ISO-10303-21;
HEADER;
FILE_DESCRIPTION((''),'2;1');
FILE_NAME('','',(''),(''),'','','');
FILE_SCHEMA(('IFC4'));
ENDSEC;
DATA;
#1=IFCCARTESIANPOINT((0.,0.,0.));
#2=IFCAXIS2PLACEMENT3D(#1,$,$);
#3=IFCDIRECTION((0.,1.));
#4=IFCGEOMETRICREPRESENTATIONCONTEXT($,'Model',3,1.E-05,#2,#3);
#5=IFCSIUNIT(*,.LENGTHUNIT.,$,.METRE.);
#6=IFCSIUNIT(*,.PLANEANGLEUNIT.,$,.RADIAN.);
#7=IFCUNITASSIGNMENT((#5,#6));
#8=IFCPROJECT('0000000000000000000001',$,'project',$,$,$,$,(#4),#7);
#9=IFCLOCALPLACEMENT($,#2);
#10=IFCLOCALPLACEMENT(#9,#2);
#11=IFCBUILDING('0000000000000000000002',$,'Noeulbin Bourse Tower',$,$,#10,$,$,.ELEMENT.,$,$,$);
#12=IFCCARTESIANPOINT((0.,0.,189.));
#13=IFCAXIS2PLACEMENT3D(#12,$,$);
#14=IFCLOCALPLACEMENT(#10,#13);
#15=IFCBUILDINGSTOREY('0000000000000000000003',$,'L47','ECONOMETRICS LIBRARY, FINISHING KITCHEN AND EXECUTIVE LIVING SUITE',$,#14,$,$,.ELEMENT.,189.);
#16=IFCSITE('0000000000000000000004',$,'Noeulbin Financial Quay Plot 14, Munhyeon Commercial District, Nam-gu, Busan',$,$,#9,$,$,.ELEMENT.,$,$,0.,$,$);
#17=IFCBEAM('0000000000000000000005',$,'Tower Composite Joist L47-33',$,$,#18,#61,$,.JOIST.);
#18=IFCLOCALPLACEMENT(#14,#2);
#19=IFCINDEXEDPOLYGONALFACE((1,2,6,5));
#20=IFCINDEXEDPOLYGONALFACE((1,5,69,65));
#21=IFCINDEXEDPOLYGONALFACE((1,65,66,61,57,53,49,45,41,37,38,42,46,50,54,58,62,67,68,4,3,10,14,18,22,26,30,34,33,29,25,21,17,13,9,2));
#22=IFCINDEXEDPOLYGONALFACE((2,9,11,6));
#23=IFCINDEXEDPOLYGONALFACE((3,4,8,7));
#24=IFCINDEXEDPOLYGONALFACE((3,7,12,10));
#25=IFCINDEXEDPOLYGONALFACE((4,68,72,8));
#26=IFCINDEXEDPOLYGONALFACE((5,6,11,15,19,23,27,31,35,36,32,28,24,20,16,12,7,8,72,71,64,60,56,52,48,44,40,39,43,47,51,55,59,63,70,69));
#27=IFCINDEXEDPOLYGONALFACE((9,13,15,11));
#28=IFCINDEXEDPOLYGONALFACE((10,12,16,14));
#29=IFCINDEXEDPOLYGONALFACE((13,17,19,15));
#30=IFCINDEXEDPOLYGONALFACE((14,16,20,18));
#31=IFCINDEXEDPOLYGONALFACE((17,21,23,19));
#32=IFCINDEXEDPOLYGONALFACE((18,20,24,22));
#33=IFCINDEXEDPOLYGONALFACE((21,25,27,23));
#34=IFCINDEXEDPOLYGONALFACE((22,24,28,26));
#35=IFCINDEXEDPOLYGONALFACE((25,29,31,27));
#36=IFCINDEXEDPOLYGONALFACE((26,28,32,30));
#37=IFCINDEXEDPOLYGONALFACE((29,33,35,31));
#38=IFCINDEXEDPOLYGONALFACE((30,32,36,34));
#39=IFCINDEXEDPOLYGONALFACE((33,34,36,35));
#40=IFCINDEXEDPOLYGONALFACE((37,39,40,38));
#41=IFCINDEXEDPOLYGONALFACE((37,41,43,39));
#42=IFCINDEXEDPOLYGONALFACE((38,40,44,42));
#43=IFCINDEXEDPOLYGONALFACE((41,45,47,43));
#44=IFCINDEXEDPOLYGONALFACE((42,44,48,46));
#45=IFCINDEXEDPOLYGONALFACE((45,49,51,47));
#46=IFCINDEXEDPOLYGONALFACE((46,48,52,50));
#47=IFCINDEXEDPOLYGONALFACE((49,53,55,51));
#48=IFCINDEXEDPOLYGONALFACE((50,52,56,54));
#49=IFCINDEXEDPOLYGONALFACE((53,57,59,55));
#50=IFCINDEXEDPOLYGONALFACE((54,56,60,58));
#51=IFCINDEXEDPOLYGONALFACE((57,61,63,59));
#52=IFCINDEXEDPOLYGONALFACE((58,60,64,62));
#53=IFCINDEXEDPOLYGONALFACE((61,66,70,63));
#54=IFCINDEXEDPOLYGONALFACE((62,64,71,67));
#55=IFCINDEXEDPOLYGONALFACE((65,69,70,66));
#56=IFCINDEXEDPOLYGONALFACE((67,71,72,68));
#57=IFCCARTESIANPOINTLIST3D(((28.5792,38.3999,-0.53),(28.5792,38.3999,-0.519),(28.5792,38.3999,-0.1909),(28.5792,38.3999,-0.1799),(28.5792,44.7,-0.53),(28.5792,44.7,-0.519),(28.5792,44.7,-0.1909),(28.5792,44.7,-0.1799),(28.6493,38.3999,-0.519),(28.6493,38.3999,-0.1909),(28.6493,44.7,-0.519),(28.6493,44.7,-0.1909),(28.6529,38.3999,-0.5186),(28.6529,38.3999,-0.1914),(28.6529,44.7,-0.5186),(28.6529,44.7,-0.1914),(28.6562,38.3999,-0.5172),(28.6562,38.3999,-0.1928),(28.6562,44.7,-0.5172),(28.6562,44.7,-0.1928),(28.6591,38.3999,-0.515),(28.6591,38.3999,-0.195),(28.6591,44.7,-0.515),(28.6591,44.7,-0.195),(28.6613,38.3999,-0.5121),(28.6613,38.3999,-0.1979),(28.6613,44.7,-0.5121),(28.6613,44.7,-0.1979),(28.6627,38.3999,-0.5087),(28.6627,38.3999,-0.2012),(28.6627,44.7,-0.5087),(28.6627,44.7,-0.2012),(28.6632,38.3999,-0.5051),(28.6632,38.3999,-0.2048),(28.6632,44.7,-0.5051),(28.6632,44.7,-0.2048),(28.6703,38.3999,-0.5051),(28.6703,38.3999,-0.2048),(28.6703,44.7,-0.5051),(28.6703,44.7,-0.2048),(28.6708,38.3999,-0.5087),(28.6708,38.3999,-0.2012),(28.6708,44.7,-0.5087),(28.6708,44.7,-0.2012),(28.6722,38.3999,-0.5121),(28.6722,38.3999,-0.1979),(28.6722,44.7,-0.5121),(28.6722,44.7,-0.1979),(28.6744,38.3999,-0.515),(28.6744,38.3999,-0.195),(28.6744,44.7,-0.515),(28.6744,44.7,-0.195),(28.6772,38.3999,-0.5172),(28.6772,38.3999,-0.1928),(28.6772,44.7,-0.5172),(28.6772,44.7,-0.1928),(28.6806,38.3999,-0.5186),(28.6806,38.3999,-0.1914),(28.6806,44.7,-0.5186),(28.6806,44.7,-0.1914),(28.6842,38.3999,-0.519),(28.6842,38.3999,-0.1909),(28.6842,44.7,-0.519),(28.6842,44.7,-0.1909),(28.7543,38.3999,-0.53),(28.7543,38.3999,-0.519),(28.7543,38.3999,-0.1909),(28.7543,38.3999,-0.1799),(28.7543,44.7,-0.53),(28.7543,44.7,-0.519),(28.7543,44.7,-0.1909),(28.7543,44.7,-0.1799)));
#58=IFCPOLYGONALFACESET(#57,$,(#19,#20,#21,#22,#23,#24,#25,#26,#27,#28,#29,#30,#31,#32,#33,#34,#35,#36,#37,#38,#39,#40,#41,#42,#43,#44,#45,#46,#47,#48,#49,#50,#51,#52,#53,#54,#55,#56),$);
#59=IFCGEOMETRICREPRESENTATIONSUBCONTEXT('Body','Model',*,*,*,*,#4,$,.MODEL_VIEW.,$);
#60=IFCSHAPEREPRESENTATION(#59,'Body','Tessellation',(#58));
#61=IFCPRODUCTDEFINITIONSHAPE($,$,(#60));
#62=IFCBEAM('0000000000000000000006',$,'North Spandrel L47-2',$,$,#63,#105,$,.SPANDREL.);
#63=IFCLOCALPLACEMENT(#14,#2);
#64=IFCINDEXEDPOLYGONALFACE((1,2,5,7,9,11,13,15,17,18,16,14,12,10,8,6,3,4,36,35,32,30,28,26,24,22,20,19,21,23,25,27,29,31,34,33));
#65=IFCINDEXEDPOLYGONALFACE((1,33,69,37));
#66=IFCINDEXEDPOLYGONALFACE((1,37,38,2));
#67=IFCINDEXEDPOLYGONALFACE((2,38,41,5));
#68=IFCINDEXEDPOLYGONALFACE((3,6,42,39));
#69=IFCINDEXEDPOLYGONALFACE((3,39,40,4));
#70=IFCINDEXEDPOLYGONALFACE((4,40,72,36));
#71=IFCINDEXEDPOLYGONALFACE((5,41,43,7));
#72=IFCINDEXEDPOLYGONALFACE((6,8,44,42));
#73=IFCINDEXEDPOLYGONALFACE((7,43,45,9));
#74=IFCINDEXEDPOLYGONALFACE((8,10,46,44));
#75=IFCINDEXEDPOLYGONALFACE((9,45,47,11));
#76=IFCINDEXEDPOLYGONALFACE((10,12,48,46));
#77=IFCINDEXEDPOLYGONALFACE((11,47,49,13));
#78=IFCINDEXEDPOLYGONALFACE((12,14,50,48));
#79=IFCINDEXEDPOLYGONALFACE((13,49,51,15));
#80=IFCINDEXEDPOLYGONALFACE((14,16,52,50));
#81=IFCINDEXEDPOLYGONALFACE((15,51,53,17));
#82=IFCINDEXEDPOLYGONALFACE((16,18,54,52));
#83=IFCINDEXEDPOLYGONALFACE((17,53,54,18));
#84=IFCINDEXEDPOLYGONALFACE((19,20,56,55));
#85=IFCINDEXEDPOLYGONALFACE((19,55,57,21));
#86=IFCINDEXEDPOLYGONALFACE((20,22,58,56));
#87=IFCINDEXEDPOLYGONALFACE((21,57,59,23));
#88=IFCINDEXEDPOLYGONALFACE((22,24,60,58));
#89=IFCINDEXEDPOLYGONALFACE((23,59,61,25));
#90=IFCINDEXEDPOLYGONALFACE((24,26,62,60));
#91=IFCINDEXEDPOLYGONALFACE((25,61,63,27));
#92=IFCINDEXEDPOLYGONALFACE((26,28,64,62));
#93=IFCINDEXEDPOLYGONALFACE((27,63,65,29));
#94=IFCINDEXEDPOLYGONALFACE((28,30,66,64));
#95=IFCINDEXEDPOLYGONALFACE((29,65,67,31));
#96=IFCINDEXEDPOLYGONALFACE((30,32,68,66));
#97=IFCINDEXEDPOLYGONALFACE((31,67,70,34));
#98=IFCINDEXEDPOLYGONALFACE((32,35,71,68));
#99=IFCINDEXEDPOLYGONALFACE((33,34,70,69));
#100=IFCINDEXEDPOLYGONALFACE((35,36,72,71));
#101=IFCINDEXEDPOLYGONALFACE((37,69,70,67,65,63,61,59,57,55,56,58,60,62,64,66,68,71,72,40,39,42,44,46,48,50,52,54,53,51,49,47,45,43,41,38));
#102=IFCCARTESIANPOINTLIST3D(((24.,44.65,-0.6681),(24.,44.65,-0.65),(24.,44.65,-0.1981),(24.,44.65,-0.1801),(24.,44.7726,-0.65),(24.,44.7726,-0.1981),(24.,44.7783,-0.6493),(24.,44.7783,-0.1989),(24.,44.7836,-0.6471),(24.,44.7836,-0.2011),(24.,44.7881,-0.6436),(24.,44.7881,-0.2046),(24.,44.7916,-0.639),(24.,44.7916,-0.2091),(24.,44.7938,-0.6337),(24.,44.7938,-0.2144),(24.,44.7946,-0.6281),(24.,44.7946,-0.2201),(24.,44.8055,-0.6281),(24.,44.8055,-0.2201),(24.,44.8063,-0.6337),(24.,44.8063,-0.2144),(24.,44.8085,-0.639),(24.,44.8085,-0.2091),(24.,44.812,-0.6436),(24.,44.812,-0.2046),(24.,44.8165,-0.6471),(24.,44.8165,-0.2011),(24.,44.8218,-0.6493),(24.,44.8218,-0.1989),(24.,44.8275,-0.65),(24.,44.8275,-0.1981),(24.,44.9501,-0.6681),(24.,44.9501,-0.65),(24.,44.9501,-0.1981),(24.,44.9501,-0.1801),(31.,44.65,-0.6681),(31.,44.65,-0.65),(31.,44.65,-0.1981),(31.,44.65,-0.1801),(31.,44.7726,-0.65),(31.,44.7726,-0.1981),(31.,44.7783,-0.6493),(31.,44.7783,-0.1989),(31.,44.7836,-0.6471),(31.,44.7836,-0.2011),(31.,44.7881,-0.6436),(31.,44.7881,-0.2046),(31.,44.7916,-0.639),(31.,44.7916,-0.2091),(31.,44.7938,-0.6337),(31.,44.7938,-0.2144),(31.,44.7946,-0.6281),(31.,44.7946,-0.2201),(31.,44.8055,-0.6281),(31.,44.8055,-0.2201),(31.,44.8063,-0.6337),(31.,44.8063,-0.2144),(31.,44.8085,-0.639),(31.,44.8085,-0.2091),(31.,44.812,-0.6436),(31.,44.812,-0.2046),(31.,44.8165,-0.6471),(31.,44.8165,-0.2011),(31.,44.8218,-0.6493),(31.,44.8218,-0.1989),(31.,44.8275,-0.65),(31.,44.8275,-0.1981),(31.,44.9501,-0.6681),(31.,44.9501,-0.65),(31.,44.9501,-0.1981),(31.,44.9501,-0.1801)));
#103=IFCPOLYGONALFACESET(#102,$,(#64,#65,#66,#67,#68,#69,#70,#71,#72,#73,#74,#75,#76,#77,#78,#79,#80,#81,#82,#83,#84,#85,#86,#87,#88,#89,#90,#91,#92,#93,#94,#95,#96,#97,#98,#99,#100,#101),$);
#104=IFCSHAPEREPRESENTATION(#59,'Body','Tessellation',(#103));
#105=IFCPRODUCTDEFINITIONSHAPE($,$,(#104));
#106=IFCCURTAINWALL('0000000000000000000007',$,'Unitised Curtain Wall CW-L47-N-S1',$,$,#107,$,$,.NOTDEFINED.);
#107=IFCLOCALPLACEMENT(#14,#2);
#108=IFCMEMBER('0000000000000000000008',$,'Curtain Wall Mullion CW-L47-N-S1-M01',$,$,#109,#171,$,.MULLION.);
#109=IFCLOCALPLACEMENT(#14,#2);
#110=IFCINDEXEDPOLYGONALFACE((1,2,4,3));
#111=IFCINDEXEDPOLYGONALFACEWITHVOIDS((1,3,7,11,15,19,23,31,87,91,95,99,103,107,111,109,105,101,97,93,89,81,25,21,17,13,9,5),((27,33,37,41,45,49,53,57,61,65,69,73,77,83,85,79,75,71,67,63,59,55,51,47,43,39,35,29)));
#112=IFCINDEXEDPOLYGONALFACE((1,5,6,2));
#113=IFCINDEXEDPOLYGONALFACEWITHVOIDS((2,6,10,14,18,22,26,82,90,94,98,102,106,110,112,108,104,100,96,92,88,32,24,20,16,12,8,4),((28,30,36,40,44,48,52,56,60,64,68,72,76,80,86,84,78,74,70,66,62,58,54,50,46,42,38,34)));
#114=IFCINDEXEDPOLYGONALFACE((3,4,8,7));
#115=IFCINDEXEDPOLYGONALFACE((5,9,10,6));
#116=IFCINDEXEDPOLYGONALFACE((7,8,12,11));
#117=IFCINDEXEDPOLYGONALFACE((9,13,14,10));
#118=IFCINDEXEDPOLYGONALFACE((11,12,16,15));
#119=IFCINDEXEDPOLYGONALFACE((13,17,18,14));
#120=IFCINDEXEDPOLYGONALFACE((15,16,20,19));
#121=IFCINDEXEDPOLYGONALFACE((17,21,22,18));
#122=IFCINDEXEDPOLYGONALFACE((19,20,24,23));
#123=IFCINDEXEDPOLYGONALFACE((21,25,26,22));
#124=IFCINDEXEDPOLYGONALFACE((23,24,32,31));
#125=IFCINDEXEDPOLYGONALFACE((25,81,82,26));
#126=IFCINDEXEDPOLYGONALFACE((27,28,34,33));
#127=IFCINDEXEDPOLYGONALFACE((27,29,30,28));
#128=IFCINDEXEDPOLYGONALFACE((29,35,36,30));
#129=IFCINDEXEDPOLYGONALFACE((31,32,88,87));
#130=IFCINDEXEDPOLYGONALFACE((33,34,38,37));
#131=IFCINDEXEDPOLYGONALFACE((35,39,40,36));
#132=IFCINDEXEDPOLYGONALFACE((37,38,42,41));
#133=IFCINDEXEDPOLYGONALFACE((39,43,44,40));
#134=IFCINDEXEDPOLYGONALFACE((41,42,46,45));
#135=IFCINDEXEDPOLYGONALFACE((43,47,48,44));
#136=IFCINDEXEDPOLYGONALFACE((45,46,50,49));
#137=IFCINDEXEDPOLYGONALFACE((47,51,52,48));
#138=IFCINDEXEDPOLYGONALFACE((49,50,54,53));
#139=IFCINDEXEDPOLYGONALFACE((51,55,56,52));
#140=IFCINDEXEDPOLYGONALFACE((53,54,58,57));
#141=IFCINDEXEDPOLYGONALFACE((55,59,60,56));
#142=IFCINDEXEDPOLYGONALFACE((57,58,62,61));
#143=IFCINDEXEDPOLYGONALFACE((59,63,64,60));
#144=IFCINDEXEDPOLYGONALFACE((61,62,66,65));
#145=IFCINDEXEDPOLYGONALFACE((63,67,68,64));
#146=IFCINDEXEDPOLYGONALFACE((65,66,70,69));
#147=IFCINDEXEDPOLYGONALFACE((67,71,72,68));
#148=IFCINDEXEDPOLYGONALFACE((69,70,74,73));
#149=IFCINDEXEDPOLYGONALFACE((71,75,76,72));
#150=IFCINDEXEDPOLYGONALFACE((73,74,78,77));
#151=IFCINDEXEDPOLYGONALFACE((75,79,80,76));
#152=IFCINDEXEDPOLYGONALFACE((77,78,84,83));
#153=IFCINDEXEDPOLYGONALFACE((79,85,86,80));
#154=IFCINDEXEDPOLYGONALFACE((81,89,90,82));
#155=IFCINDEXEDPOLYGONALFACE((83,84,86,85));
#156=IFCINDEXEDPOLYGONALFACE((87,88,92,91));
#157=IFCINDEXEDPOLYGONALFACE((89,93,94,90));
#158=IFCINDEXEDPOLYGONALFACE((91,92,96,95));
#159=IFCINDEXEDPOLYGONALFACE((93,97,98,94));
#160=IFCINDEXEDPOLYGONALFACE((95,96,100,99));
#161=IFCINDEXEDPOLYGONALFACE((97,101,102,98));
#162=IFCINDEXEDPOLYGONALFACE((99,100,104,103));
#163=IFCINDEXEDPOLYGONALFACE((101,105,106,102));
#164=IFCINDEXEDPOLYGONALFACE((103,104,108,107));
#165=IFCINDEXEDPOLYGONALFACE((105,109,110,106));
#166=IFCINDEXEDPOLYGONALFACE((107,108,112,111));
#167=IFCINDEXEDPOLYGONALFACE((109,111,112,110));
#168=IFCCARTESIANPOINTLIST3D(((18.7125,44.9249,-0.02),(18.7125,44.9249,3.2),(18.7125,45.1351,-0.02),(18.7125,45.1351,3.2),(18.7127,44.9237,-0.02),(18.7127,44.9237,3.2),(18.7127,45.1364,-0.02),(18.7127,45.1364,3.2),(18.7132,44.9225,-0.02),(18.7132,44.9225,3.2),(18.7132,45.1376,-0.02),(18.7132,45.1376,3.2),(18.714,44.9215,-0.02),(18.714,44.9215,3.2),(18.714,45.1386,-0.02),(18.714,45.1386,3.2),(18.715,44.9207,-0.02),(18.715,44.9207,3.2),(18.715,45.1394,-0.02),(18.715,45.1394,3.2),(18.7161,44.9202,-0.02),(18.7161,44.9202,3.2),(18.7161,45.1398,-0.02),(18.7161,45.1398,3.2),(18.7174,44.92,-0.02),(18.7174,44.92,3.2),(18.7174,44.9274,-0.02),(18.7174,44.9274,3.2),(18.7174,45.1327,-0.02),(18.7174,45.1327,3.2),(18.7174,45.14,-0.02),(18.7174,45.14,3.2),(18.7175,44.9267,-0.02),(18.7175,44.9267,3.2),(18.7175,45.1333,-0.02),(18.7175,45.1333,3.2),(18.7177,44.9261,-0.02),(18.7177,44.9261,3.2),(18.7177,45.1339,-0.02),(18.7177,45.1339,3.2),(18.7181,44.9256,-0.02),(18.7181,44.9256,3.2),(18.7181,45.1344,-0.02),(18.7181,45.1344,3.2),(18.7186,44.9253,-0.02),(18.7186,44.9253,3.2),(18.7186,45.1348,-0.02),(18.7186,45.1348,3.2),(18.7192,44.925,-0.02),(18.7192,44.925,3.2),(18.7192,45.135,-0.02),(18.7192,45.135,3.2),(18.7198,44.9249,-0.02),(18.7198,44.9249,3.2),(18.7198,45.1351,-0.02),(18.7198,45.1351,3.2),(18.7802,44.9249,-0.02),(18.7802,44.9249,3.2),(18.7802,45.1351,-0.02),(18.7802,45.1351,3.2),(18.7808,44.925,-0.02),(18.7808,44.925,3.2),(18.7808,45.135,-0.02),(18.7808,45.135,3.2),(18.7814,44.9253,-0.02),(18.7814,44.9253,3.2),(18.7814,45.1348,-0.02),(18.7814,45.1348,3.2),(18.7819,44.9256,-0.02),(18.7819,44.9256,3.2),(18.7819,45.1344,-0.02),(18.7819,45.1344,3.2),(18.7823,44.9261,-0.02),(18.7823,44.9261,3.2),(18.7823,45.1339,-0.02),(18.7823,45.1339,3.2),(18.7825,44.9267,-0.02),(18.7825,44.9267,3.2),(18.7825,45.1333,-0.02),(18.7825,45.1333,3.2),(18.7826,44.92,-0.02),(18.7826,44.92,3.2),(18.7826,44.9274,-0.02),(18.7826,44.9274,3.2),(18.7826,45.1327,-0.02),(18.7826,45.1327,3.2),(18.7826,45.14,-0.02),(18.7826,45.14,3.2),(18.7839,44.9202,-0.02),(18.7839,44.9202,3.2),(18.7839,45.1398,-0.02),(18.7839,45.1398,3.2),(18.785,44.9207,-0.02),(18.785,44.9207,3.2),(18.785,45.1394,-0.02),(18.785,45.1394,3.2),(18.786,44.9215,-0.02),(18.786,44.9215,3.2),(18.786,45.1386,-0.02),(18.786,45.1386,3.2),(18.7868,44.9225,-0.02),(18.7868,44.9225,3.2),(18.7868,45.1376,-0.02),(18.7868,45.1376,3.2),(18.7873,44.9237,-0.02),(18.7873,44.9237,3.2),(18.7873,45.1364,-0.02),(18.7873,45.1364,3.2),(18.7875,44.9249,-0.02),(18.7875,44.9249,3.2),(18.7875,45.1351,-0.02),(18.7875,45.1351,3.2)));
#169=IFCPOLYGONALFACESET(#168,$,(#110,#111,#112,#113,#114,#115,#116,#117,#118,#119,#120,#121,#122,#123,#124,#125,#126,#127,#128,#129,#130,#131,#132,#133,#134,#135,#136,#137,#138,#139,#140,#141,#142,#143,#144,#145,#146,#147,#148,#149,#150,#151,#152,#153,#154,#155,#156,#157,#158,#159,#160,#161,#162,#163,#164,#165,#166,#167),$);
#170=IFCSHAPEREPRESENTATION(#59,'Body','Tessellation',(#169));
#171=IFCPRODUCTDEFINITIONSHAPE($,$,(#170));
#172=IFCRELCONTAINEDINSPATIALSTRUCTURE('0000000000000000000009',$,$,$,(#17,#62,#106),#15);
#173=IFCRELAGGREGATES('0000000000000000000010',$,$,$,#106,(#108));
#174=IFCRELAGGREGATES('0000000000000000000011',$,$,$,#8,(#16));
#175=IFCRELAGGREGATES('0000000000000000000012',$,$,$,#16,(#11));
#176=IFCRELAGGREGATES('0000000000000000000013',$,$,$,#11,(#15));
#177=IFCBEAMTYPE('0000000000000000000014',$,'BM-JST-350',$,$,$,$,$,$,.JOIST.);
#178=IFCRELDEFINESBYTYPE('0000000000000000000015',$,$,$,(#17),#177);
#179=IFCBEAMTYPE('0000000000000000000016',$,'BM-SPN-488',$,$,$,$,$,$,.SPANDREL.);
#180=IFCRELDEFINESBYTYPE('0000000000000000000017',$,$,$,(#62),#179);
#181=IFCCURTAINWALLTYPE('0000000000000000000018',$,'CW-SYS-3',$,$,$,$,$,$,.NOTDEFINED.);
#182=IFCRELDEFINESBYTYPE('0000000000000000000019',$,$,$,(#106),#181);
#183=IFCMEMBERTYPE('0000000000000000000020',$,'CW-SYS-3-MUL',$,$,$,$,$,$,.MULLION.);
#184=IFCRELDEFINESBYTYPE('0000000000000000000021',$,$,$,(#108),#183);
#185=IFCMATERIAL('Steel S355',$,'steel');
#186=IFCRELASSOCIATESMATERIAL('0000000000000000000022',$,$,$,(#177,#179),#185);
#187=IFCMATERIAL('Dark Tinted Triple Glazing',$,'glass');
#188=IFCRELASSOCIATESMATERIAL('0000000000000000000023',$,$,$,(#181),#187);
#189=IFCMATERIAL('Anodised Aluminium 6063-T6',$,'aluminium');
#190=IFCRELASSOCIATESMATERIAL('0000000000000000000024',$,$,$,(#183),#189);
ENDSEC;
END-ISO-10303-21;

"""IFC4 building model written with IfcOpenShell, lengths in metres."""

from ifc_helpers import new_model, si_unit, direction, frame, origin, origin_2d, place, context, subcontext, project, spatial, hollow_rectangle, i_section, extrude, material, material_profile, profile_set, type_object, element, aggregate, save


model = new_model("IFC4")

# Units and contexts
model_context = context("Model", 3, precision=1e-05, world=origin(), true_north=direction((0.0, 1.0)))
body_context = subcontext(model_context, "Body", "Model", "MODEL_VIEW")
ifc_project = project(units=[si_unit("LENGTHUNIT", "METRE"), si_unit("PLANEANGLEUNIT", "RADIAN")], contexts=[model_context])

# Site, building, storey
site_placement = place(None, origin())
site = spatial("IfcSite", under=ifc_project, at=site_placement, Name="Noeulbin Financial Quay Plot 14, Munhyeon Commercial District, Nam-gu, Busan", CompositionType="ELEMENT", RefElevation=0.0)
building_placement = place(site_placement, origin())
building = spatial("IfcBuilding", under=site, at=building_placement, Name="Noeulbin Bourse Tower", CompositionType="ELEMENT")
storey_placement = place(building_placement, frame((0.0, 0.0, 189.0)))
storey = spatial("IfcBuildingStorey", under=building, at=storey_placement, Name="L47", Description="ECONOMETRICS LIBRARY, FINISHING KITCHEN AND EXECUTIVE LIVING SUITE", CompositionType="ELEMENT", Elevation=189.0)

# Shared definitions
ifc_material_1 = material(Name="Steel S355", Category="steel")

# Beams
ifc_material_profile_1 = material_profile(ifc_material_1, i_section(OverallWidth=0.175, OverallDepth=0.3501, WebThickness=0.0071, FlangeThickness=0.011, FilletRadius=0.0139, at=origin_2d()), Name="H-350x175x7x11", Category="LoadBearing")
ifc_profile_set_1 = profile_set([ifc_material_profile_1], Name="Steel S355")
beam_type_1 = type_object("IfcBeamType", Name="BM-JST-350", PredefinedType="JOIST", material=ifc_profile_set_1)
for number, where, z_axis, x_axis, name in (
    (1, (28.6667, 38.3999, -0.355), (0.0, 1.0, 0.0), (-1.0, 0.0, 0.0), "Tower Composite Joist L47-33"),
):
    element("IfcBeam", number, at=place(storey_placement, frame(where, z_axis=z_axis, x_axis=x_axis)), inside=storey, type_object=beam_type_1, Name=name, PredefinedType="JOIST", context=body_context, shape_type="SweptSolid", body=[
        extrude(i_section(OverallWidth=0.175, OverallDepth=0.3501, WebThickness=0.0071, FlangeThickness=0.011, FilletRadius=0.0139, at=origin_2d()), origin(), (0.0, 0.0, 1.0), 6.3),
    ])
ifc_material_profile_2 = material_profile(ifc_material_1, i_section(OverallWidth=0.3, OverallDepth=0.488, WebThickness=0.011, FlangeThickness=0.0181, FilletRadius=0.022, at=origin_2d()), Name="H-488x300x11x18", Category="LoadBearing")
ifc_profile_set_2 = profile_set([ifc_material_profile_2], Name="Steel S355")
beam_type_2 = type_object("IfcBeamType", Name="BM-SPN-488", PredefinedType="SPANDREL", material=ifc_profile_set_2)
beam_placement = place(storey_placement, frame((24.0, 44.8, -0.4241), z_axis=(1.0, 0.0, 0.0), x_axis=(0.0, 1.0, 0.0)))
element("IfcBeam", 2, at=beam_placement, inside=storey, type_object=beam_type_2, Name="North Spandrel L47-2", PredefinedType="SPANDREL", context=body_context, shape_type="SweptSolid", body=[
    extrude(i_section(OverallWidth=0.3, OverallDepth=0.488, WebThickness=0.011, FlangeThickness=0.0181, FilletRadius=0.022, at=origin_2d()), origin(), (0.0, 0.0, 1.0), 7.0),
])

# Curtain wall, member
ifc_material_2 = material(Name="Dark Tinted Triple Glazing", Category="glass")
curtain_wall_type = type_object("IfcCurtainWallType", Name="CW-SYS-3", PredefinedType="NOTDEFINED", material=ifc_material_2)
curtain_wall_1_placement = place(storey_placement, origin())
curtain_wall_1 = element("IfcCurtainWall", 3, at=curtain_wall_1_placement, inside=storey, type_object=curtain_wall_type, Name="Unitised Curtain Wall CW-L47-N-S1", PredefinedType="NOTDEFINED")
ifc_material_3 = material(Name="Anodised Aluminium 6063-T6", Category="aluminium")
ifc_material_profile_3 = material_profile(ifc_material_3, hollow_rectangle(XDim=0.075, YDim=0.22, WallThickness=0.0049, InnerFilletRadius=0.0024, OuterFilletRadius=0.0049, at=origin_2d()), Name="ALU-MULL-75x220x5", Category="LoadBearing")
ifc_profile_set_3 = profile_set([ifc_material_profile_3], Name="Anodised Aluminium 6063-T6")
member_type_1 = type_object("IfcMemberType", Name="CW-SYS-3-MUL", PredefinedType="MULLION", material=ifc_profile_set_3)
member_1_placement = place(storey_placement, frame((18.75, 45.03, -0.02), z_axis=(0.0, 0.0, 1.0), x_axis=(1.0, 0.0, 0.0)))
member_1 = element("IfcMember", 4, at=member_1_placement, type_object=member_type_1, Name="Curtain Wall Mullion CW-L47-N-S1-M01", PredefinedType="MULLION", context=body_context, shape_type="SweptSolid", body=[
    extrude(hollow_rectangle(XDim=0.075, YDim=0.22, WallThickness=0.0049, InnerFilletRadius=0.0024, OuterFilletRadius=0.0049, at=origin_2d()), origin(), (0.0, 0.0, 1.0), 3.22),
])

aggregate(curtain_wall_1, [member_1])

save(model, "model.ifc")
